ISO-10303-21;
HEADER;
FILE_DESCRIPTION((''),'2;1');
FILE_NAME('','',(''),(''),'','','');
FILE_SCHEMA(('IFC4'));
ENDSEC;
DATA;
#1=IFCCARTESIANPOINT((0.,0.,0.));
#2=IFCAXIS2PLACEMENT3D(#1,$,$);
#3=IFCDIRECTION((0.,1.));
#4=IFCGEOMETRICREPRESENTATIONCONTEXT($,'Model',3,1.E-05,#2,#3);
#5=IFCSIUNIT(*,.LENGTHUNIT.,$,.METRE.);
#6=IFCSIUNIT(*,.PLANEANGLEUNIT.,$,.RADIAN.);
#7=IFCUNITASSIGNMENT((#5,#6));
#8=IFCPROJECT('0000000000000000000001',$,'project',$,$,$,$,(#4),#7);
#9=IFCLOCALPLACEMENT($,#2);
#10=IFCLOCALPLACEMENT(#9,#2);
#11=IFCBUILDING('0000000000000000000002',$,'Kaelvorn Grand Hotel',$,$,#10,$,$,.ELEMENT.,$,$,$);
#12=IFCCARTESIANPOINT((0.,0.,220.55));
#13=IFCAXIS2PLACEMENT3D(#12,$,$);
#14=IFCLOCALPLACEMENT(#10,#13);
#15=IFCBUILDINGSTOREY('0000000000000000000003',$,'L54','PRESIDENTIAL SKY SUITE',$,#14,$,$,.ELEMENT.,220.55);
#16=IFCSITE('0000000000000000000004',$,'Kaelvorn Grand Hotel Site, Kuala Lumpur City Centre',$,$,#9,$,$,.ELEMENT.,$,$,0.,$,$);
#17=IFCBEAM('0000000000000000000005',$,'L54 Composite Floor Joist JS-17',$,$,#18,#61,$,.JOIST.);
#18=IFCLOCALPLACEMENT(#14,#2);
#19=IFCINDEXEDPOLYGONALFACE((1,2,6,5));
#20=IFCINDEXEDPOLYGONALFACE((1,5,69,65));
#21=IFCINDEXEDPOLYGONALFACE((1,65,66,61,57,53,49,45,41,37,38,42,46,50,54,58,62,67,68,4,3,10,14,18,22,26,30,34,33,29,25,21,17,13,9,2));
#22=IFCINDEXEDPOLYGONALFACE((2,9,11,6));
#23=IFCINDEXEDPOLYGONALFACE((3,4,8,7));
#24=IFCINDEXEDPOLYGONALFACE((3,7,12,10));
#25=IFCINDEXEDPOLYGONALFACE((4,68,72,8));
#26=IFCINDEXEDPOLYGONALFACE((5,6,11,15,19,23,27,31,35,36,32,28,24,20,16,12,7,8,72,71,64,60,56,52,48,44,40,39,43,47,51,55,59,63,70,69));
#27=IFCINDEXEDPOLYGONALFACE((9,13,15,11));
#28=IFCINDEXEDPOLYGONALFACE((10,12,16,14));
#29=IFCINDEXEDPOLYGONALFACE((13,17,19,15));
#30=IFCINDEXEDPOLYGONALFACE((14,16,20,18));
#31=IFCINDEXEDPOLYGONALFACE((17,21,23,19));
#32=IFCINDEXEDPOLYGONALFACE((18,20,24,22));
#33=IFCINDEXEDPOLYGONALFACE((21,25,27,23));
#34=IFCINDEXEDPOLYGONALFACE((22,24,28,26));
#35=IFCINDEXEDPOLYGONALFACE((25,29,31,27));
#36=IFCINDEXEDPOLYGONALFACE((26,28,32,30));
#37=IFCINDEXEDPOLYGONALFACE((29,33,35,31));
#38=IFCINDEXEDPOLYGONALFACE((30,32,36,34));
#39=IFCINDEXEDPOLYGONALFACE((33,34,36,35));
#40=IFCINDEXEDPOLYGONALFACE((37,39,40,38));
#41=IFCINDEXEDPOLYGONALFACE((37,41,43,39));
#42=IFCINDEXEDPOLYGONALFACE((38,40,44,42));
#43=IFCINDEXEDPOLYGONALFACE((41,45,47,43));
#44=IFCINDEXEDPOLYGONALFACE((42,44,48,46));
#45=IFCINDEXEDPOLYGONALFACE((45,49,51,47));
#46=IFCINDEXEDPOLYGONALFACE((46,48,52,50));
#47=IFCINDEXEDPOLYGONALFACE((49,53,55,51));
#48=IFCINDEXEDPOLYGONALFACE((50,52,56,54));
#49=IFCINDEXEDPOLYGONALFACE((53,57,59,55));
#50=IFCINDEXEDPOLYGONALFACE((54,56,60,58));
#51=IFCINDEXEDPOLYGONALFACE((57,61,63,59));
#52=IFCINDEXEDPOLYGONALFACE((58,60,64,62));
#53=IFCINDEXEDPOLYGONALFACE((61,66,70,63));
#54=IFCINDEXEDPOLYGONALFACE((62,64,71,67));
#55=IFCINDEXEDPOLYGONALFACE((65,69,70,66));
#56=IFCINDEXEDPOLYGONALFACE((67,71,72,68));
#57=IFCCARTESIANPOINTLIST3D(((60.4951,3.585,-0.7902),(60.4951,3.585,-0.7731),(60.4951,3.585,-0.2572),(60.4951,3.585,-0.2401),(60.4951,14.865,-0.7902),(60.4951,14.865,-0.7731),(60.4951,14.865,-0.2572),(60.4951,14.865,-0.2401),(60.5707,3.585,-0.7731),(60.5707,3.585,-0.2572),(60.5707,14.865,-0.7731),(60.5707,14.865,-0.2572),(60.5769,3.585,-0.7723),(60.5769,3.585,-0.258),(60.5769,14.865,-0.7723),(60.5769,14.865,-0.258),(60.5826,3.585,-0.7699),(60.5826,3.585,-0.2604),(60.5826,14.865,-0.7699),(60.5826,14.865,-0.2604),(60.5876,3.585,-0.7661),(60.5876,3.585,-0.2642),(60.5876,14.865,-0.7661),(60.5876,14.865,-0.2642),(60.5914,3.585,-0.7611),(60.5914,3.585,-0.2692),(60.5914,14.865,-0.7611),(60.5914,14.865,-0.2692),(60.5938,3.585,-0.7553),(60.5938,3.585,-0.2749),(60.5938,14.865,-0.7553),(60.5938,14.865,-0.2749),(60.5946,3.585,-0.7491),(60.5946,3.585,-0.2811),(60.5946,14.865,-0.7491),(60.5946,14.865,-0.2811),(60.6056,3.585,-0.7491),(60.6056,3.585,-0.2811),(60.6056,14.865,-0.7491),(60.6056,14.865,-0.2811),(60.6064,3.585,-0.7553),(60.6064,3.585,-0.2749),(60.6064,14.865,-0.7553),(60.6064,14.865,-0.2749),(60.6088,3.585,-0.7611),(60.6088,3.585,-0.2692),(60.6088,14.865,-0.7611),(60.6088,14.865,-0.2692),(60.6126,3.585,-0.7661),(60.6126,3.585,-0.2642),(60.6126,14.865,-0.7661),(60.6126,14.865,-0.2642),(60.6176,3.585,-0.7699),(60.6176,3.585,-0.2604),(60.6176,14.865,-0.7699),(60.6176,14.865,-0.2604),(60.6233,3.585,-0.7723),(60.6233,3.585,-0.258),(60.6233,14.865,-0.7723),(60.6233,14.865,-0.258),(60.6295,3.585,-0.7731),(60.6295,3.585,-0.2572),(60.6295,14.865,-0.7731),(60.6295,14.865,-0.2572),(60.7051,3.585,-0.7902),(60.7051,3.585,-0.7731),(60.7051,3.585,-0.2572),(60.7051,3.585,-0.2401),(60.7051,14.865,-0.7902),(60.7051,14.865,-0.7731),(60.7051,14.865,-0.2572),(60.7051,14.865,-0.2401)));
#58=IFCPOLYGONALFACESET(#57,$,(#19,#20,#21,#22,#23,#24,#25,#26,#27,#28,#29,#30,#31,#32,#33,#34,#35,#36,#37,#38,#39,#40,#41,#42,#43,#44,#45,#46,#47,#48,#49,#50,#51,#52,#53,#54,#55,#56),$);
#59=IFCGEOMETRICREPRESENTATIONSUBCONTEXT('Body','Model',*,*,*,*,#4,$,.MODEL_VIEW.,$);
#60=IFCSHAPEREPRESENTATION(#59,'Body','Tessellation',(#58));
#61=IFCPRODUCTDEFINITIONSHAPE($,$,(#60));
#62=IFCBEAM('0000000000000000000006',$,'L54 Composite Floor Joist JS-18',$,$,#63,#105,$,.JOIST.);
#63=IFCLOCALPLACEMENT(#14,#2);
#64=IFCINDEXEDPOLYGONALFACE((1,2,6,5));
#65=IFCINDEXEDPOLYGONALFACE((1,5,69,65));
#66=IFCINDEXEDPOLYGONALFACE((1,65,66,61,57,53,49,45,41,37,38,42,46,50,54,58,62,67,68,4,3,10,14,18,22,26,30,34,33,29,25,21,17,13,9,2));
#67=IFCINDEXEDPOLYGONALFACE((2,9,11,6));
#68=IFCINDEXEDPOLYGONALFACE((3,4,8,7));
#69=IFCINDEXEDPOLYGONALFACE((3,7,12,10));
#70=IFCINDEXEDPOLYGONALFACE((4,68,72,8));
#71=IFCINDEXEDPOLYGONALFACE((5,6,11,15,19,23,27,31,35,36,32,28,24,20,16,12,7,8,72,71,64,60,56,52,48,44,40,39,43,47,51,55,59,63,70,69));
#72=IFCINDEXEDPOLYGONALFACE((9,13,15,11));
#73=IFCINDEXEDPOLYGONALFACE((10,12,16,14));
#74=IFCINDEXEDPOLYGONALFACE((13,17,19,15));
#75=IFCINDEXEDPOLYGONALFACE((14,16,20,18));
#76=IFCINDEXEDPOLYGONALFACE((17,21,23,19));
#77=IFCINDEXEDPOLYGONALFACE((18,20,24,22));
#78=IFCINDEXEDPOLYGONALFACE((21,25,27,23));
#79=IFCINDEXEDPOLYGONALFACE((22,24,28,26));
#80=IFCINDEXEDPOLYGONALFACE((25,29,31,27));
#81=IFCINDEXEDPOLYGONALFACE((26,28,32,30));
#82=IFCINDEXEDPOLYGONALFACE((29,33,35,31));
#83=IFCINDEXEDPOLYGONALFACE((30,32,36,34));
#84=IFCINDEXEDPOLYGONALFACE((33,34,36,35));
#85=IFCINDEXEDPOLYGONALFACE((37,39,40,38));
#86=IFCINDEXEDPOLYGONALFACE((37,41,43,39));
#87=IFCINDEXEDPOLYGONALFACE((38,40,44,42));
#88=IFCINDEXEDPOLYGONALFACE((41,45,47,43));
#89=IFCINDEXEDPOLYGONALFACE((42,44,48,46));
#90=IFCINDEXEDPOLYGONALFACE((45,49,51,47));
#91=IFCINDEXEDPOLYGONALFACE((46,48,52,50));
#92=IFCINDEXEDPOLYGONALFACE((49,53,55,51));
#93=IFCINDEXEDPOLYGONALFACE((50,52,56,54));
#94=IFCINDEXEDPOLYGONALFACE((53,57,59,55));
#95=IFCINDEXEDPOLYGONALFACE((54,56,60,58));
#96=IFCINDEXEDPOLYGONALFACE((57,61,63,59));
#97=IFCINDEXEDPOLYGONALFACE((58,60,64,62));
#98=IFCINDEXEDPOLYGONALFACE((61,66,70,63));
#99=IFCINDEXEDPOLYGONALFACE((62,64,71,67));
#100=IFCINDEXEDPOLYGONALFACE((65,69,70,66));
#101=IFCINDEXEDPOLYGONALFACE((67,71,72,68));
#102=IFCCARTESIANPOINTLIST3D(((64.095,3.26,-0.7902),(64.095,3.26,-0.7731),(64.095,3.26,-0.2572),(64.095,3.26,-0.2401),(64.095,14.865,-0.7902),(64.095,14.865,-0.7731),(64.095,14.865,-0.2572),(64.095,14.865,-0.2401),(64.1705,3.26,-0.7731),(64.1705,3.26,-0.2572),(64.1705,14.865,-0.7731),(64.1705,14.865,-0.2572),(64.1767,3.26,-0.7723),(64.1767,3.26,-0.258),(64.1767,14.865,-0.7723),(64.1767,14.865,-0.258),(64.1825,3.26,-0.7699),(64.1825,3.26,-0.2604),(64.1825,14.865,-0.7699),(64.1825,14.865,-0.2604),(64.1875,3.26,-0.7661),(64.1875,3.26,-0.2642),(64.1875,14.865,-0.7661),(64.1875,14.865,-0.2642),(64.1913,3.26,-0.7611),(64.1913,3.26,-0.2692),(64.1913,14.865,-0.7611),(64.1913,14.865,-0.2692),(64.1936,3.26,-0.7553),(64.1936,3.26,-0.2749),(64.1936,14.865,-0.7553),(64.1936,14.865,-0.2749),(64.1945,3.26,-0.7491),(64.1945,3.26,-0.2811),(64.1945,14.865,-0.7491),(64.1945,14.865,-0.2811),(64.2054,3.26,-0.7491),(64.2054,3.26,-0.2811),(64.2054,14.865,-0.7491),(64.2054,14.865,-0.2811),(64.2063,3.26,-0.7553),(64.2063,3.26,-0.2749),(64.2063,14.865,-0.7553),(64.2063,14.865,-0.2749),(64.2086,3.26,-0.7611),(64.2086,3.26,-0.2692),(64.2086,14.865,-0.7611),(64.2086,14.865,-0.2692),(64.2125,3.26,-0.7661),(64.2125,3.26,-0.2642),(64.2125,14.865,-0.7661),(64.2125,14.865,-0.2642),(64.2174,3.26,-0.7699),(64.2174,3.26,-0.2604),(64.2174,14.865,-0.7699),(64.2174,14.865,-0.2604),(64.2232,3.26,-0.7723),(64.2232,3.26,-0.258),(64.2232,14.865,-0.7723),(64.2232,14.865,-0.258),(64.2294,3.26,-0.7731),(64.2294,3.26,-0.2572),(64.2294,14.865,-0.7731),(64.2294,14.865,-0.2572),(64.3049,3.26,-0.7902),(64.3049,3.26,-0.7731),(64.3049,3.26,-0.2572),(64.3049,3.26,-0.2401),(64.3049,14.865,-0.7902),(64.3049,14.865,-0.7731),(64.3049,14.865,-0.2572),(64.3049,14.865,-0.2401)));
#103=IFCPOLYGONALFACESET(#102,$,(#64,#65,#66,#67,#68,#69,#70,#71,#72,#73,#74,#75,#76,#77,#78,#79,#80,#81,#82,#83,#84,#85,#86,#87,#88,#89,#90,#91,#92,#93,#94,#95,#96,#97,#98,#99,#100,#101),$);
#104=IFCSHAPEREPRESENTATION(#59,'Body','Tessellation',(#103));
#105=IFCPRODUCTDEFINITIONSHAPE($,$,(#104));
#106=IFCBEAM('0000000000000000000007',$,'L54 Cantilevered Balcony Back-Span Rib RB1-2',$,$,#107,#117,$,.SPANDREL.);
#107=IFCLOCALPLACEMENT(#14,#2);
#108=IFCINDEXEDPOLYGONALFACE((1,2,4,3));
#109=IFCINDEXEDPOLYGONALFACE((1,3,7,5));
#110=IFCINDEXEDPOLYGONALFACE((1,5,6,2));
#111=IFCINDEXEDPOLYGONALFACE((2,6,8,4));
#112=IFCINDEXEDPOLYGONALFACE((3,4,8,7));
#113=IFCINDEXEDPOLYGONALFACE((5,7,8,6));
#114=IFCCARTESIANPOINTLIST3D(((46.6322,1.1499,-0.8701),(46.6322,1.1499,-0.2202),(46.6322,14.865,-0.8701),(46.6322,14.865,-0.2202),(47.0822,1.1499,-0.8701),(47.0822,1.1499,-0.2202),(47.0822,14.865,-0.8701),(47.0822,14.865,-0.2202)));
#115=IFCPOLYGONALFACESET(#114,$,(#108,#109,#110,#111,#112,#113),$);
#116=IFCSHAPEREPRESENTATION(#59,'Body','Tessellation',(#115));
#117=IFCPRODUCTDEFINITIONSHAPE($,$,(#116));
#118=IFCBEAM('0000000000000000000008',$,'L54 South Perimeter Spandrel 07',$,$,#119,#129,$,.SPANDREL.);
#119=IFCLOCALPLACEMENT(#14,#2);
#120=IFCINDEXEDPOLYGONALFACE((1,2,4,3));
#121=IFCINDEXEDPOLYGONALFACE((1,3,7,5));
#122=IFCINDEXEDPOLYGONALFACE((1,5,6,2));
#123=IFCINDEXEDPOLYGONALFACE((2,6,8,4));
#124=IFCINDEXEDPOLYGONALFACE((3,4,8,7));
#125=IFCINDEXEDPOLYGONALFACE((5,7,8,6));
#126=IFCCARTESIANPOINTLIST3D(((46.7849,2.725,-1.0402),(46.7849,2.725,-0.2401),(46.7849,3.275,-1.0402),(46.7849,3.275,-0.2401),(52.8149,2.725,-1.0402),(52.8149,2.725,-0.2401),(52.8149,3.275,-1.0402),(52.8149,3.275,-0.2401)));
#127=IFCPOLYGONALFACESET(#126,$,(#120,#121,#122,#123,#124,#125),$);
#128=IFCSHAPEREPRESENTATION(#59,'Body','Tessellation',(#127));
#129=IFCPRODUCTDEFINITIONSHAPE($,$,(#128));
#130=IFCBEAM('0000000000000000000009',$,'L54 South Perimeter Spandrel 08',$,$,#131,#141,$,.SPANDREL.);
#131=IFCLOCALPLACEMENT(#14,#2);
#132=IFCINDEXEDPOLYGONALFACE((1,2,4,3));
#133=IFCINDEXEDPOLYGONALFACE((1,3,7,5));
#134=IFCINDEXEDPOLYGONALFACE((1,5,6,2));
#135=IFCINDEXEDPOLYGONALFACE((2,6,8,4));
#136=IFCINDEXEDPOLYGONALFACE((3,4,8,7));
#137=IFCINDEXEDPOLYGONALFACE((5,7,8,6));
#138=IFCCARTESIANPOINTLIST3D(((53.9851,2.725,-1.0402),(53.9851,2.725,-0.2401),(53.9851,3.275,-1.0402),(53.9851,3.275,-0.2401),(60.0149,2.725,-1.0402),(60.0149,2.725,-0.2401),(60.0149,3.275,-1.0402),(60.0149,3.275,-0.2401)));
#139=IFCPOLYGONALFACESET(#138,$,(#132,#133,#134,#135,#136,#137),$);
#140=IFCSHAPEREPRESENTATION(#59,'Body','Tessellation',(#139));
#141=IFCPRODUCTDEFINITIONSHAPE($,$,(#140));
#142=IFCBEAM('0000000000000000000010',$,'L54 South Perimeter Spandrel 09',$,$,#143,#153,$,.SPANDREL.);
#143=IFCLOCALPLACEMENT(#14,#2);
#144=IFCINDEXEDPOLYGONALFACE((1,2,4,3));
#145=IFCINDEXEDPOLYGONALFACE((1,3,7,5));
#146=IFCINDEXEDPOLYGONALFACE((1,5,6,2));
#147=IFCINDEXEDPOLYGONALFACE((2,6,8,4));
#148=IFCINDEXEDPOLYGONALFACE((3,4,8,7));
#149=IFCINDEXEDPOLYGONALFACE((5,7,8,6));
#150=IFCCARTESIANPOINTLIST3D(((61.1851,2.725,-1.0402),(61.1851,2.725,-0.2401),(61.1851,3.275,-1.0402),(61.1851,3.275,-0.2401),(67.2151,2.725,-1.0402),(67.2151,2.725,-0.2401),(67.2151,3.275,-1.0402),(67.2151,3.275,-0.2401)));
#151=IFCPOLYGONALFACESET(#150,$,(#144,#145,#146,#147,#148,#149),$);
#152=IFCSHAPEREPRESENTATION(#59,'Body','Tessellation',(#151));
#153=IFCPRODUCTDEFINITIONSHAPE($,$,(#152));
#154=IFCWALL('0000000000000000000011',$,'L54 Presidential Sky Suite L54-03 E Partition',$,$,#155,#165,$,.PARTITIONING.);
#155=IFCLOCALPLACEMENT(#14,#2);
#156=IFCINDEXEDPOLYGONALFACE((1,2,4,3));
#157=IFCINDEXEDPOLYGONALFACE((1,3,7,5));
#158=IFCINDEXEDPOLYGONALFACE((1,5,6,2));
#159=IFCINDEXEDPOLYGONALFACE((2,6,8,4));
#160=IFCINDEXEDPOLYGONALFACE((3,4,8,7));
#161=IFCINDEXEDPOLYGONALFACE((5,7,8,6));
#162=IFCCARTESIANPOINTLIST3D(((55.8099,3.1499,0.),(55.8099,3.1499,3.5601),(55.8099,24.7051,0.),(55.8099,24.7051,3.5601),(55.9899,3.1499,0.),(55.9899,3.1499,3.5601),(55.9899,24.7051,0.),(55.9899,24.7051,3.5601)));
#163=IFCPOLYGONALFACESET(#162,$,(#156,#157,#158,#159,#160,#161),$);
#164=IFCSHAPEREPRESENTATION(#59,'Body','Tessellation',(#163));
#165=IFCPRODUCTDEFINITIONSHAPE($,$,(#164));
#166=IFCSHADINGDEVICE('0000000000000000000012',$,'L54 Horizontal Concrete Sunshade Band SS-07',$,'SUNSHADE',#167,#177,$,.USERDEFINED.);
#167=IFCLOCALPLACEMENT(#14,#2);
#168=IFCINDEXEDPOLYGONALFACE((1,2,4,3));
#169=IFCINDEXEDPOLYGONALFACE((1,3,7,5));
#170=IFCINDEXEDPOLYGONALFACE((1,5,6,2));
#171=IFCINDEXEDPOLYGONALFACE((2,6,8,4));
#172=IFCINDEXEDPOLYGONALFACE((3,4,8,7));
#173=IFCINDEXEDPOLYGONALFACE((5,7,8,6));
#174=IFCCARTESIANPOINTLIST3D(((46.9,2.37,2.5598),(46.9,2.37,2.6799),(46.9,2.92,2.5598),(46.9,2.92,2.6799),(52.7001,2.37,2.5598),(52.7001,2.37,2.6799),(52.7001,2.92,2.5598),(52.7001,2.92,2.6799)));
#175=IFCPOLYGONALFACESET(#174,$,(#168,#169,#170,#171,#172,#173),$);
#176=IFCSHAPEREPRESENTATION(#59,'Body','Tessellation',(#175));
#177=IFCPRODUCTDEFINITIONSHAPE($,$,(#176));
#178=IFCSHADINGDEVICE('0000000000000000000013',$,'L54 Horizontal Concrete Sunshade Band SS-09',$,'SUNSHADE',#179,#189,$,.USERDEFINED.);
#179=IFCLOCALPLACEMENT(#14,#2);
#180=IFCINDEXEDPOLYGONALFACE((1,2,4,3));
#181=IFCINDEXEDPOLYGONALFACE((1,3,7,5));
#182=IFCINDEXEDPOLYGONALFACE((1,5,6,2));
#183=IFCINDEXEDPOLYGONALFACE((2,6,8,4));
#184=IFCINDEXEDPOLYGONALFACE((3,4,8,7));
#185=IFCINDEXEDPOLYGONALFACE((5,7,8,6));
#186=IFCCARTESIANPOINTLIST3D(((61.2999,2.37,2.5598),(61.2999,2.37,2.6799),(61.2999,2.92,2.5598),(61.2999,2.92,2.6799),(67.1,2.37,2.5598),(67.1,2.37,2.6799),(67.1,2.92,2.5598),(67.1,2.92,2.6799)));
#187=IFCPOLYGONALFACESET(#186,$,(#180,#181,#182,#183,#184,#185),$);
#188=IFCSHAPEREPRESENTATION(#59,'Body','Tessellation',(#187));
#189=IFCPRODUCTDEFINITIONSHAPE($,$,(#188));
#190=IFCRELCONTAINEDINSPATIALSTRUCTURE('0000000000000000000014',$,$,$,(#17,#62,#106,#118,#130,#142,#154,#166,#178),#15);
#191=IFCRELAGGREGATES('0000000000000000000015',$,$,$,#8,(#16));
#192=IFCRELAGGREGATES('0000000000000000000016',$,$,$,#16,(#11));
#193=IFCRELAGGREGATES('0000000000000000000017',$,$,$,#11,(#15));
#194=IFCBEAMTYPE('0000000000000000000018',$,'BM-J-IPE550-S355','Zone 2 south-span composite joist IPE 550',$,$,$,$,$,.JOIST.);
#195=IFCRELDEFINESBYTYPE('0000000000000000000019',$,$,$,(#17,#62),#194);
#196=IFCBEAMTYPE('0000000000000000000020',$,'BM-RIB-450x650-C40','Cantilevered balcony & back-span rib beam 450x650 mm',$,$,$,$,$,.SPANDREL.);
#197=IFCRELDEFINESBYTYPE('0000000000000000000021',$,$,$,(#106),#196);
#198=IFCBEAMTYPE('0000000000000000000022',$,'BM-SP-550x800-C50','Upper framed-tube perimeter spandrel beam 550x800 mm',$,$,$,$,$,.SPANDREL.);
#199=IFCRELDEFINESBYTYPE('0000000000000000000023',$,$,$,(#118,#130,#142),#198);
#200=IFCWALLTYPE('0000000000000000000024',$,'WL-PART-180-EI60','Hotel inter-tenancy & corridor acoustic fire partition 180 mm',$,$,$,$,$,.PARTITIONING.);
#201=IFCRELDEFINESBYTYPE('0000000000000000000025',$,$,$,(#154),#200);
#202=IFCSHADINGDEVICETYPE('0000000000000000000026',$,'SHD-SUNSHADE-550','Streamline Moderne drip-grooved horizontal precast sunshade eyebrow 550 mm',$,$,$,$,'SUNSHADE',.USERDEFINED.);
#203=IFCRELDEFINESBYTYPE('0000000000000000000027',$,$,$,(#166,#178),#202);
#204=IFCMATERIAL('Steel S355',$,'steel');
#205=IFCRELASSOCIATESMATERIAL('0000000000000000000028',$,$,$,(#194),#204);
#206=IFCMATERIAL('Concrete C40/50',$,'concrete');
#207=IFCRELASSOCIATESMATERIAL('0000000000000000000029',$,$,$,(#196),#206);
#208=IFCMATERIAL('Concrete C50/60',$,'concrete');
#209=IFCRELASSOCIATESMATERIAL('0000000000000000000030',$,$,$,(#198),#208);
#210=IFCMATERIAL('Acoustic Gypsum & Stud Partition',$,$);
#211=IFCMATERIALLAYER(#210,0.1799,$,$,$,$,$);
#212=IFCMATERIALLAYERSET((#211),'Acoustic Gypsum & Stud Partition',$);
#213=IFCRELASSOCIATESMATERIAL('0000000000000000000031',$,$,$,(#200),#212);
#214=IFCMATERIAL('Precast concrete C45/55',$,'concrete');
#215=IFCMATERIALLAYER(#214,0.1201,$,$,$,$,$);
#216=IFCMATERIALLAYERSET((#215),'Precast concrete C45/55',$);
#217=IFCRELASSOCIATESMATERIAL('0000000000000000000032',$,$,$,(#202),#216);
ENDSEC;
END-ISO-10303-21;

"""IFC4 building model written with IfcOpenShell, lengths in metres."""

from ifc_helpers import new_model, si_unit, direction, frame, frame_2d, origin, origin_2d, place, context, subcontext, project, spatial, rectangle, i_section, extrude, material, layer, layer_set, material_profile, profile_set, type_object, element, save


model = new_model("IFC4")

# Units and contexts
model_context = context("Model", 3, precision=1e-05, world=origin(), true_north=direction((0.0, 1.0)))
body_context = subcontext(model_context, "Body", "Model", "MODEL_VIEW")
ifc_project = project(units=[si_unit("LENGTHUNIT", "METRE"), si_unit("PLANEANGLEUNIT", "RADIAN")], contexts=[model_context])

# Site, building, storey
site_placement = place(None, origin())
site = spatial("IfcSite", under=ifc_project, at=site_placement, Name="Kaelvorn Grand Hotel Site, Kuala Lumpur City Centre", CompositionType="ELEMENT", RefElevation=0.0)
building_placement = place(site_placement, origin())
building = spatial("IfcBuilding", under=site, at=building_placement, Name="Kaelvorn Grand Hotel", CompositionType="ELEMENT")
storey_placement = place(building_placement, frame((0.0, 0.0, 220.55)))
storey = spatial("IfcBuildingStorey", under=building, at=storey_placement, Name="L54", Description="PRESIDENTIAL SKY SUITE", CompositionType="ELEMENT", Elevation=220.55)

# Beams
ifc_material_1 = material(Name="Steel S355", Category="steel")
ifc_material_profile_1 = material_profile(ifc_material_1, i_section(OverallWidth=0.21, OverallDepth=0.55, WebThickness=0.011, FlangeThickness=0.0171, FilletRadius=0.0239, at=origin_2d()), Name="IPE 550")
ifc_profile_set_1 = profile_set([ifc_material_profile_1], Name="Steel S355")
beam_type_1 = type_object("IfcBeamType", Name="BM-J-IPE550-S355", Description="Zone 2 south-span composite joist IPE 550", PredefinedType="JOIST", material=ifc_profile_set_1)
beam_1_placement = place(storey_placement, frame((60.6001, 3.585, -0.5151), z_axis=(0.0, 1.0, 0.0), x_axis=(-1.0, 0.0, 0.0)))
element("IfcBeam", 1, at=beam_1_placement, inside=storey, type_object=beam_type_1, Name="L54 Composite Floor Joist JS-17", PredefinedType="JOIST", context=body_context, shape_type="SweptSolid", body=[
    extrude(i_section(OverallWidth=0.21, OverallDepth=0.55, WebThickness=0.011, FlangeThickness=0.0171, FilletRadius=0.0239, at=origin_2d()), origin(), (0.0, 0.0, 1.0), 11.28),
])
beam_2_placement = place(storey_placement, frame((64.2, 3.26, -0.5151), z_axis=(0.0, 1.0, 0.0), x_axis=(-1.0, 0.0, 0.0)))
element("IfcBeam", 2, at=beam_2_placement, inside=storey, type_object=beam_type_1, Name="L54 Composite Floor Joist JS-18", PredefinedType="JOIST", context=body_context, shape_type="SweptSolid", body=[
    extrude(i_section(OverallWidth=0.21, OverallDepth=0.55, WebThickness=0.011, FlangeThickness=0.0171, FilletRadius=0.0239, at=origin_2d()), origin(), (0.0, 0.0, 1.0), 11.605),
])
ifc_material_2 = material(Name="Concrete C40/50", Category="concrete")
ifc_material_profile_2 = material_profile(ifc_material_2, rectangle(XDim=0.45, YDim=0.6499, at=origin_2d()), Name="RC RIB 450x650")
ifc_profile_set_2 = profile_set([ifc_material_profile_2], Name="Concrete C40/50")
beam_type_2 = type_object("IfcBeamType", Name="BM-RIB-450x650-C40", Description="Cantilevered balcony & back-span rib beam 450x650 mm", PredefinedType="SPANDREL", material=ifc_profile_set_2)
beam_3_placement = place(storey_placement, frame((46.8572, 1.1499, -0.5452), z_axis=(0.0, 1.0, 0.0), x_axis=(-1.0, 0.0, 0.0)))
element("IfcBeam", 3, at=beam_3_placement, inside=storey, type_object=beam_type_2, Name="L54 Cantilevered Balcony Back-Span Rib RB1-2", PredefinedType="SPANDREL", context=body_context, shape_type="SweptSolid", body=[
    extrude(rectangle(XDim=0.45, YDim=0.6499, at=origin_2d()), origin(), (0.0, 0.0, 1.0), 13.7151),
])
ifc_material_3 = material(Name="Concrete C50/60", Category="concrete")
ifc_material_profile_3 = material_profile(ifc_material_3, rectangle(XDim=0.55, YDim=0.8, at=origin_2d()), Name="RC SPANDREL 550x800")
ifc_profile_set_3 = profile_set([ifc_material_profile_3], Name="Concrete C50/60")
beam_type_3 = type_object("IfcBeamType", Name="BM-SP-550x800-C50", Description="Upper framed-tube perimeter spandrel beam 550x800 mm", PredefinedType="SPANDREL", material=ifc_profile_set_3)
beam_4_placement = place(storey_placement, frame((46.7849, 3.0, -0.6401), z_axis=(1.0, 0.0, 0.0), x_axis=(0.0, 1.0, 0.0)))
element("IfcBeam", 4, at=beam_4_placement, inside=storey, type_object=beam_type_3, Name="L54 South Perimeter Spandrel 07", PredefinedType="SPANDREL", context=body_context, shape_type="SweptSolid", body=[
    extrude(rectangle(XDim=0.55, YDim=0.8, at=origin_2d()), origin(), (0.0, 0.0, 1.0), 6.03),
])
beam_5_placement = place(storey_placement, frame((53.9851, 3.0, -0.6401), z_axis=(1.0, 0.0, 0.0), x_axis=(0.0, 1.0, 0.0)))
element("IfcBeam", 5, at=beam_5_placement, inside=storey, type_object=beam_type_3, Name="L54 South Perimeter Spandrel 08", PredefinedType="SPANDREL", context=body_context, shape_type="SweptSolid", body=[
    extrude(rectangle(XDim=0.55, YDim=0.8, at=origin_2d()), origin(), (0.0, 0.0, 1.0), 6.0298),
])
beam_6_placement = place(storey_placement, frame((61.1851, 3.0, -0.6401), z_axis=(1.0, 0.0, 0.0), x_axis=(0.0, 1.0, 0.0)))
element("IfcBeam", 6, at=beam_6_placement, inside=storey, type_object=beam_type_3, Name="L54 South Perimeter Spandrel 09", PredefinedType="SPANDREL", context=body_context, shape_type="SweptSolid", body=[
    extrude(rectangle(XDim=0.55, YDim=0.8, at=origin_2d()), origin(), (0.0, 0.0, 1.0), 6.03),
])

# Wall
ifc_material_4 = material(Name="Acoustic Gypsum & Stud Partition")
ifc_layer_1 = layer(ifc_material_4, 0.1799)
ifc_layer_set_1 = layer_set([ifc_layer_1], Name="Acoustic Gypsum & Stud Partition")
wall_type = type_object("IfcWallType", Name="WL-PART-180-EI60", Description="Hotel inter-tenancy & corridor acoustic fire partition 180 mm", PredefinedType="PARTITIONING", material=ifc_layer_set_1)
wall_placement = place(storey_placement, frame((55.8999, 3.1499, 0.0), z_axis=(0.0, 0.0, 1.0), x_axis=(0.0, 1.0, 0.0)))
element("IfcWall", 7, at=wall_placement, inside=storey, type_object=wall_type, Name="L54 Presidential Sky Suite L54-03 E Partition", PredefinedType="PARTITIONING", context=body_context, shape_type="SweptSolid", body=[
    extrude(rectangle(XDim=21.5552, YDim=0.1799, at=frame_2d((10.7776, 0.0))), origin(), (0.0, 0.0, 1.0), 3.5601),
])

# Shading devices
ifc_material_5 = material(Name="Precast concrete C45/55", Category="concrete")
ifc_layer_2 = layer(ifc_material_5, 0.1201)
ifc_layer_set_2 = layer_set([ifc_layer_2], Name="Precast concrete C45/55")
shading_device_type_1 = type_object("IfcShadingDeviceType", Name="SHD-SUNSHADE-550", Description="Streamline Moderne drip-grooved horizontal precast sunshade eyebrow 550 mm", ElementType="SUNSHADE", PredefinedType="USERDEFINED", material=ifc_layer_set_2)
for number, where, z_axis, x_axis, name in (
    (8, (49.8, 2.645, 2.5598), (0.0, 0.0, 1.0), (1.0, 0.0, 0.0), "L54 Horizontal Concrete Sunshade Band SS-07"),
    (9, (64.2, 2.645, 2.5598), (0.0, 0.0, 1.0), (1.0, 0.0, 0.0), "L54 Horizontal Concrete Sunshade Band SS-09"),
):
    element("IfcShadingDevice", number, at=place(storey_placement, frame(where, z_axis=z_axis, x_axis=x_axis)), inside=storey, type_object=shading_device_type_1, Name=name, ObjectType="SUNSHADE", PredefinedType="USERDEFINED", context=body_context, shape_type="SweptSolid", body=[
        extrude(rectangle(XDim=5.8, YDim=0.55, at=origin_2d()), origin(), (0.0, 0.0, 1.0), 0.1201),
    ])

save(model, "model.ifc")
